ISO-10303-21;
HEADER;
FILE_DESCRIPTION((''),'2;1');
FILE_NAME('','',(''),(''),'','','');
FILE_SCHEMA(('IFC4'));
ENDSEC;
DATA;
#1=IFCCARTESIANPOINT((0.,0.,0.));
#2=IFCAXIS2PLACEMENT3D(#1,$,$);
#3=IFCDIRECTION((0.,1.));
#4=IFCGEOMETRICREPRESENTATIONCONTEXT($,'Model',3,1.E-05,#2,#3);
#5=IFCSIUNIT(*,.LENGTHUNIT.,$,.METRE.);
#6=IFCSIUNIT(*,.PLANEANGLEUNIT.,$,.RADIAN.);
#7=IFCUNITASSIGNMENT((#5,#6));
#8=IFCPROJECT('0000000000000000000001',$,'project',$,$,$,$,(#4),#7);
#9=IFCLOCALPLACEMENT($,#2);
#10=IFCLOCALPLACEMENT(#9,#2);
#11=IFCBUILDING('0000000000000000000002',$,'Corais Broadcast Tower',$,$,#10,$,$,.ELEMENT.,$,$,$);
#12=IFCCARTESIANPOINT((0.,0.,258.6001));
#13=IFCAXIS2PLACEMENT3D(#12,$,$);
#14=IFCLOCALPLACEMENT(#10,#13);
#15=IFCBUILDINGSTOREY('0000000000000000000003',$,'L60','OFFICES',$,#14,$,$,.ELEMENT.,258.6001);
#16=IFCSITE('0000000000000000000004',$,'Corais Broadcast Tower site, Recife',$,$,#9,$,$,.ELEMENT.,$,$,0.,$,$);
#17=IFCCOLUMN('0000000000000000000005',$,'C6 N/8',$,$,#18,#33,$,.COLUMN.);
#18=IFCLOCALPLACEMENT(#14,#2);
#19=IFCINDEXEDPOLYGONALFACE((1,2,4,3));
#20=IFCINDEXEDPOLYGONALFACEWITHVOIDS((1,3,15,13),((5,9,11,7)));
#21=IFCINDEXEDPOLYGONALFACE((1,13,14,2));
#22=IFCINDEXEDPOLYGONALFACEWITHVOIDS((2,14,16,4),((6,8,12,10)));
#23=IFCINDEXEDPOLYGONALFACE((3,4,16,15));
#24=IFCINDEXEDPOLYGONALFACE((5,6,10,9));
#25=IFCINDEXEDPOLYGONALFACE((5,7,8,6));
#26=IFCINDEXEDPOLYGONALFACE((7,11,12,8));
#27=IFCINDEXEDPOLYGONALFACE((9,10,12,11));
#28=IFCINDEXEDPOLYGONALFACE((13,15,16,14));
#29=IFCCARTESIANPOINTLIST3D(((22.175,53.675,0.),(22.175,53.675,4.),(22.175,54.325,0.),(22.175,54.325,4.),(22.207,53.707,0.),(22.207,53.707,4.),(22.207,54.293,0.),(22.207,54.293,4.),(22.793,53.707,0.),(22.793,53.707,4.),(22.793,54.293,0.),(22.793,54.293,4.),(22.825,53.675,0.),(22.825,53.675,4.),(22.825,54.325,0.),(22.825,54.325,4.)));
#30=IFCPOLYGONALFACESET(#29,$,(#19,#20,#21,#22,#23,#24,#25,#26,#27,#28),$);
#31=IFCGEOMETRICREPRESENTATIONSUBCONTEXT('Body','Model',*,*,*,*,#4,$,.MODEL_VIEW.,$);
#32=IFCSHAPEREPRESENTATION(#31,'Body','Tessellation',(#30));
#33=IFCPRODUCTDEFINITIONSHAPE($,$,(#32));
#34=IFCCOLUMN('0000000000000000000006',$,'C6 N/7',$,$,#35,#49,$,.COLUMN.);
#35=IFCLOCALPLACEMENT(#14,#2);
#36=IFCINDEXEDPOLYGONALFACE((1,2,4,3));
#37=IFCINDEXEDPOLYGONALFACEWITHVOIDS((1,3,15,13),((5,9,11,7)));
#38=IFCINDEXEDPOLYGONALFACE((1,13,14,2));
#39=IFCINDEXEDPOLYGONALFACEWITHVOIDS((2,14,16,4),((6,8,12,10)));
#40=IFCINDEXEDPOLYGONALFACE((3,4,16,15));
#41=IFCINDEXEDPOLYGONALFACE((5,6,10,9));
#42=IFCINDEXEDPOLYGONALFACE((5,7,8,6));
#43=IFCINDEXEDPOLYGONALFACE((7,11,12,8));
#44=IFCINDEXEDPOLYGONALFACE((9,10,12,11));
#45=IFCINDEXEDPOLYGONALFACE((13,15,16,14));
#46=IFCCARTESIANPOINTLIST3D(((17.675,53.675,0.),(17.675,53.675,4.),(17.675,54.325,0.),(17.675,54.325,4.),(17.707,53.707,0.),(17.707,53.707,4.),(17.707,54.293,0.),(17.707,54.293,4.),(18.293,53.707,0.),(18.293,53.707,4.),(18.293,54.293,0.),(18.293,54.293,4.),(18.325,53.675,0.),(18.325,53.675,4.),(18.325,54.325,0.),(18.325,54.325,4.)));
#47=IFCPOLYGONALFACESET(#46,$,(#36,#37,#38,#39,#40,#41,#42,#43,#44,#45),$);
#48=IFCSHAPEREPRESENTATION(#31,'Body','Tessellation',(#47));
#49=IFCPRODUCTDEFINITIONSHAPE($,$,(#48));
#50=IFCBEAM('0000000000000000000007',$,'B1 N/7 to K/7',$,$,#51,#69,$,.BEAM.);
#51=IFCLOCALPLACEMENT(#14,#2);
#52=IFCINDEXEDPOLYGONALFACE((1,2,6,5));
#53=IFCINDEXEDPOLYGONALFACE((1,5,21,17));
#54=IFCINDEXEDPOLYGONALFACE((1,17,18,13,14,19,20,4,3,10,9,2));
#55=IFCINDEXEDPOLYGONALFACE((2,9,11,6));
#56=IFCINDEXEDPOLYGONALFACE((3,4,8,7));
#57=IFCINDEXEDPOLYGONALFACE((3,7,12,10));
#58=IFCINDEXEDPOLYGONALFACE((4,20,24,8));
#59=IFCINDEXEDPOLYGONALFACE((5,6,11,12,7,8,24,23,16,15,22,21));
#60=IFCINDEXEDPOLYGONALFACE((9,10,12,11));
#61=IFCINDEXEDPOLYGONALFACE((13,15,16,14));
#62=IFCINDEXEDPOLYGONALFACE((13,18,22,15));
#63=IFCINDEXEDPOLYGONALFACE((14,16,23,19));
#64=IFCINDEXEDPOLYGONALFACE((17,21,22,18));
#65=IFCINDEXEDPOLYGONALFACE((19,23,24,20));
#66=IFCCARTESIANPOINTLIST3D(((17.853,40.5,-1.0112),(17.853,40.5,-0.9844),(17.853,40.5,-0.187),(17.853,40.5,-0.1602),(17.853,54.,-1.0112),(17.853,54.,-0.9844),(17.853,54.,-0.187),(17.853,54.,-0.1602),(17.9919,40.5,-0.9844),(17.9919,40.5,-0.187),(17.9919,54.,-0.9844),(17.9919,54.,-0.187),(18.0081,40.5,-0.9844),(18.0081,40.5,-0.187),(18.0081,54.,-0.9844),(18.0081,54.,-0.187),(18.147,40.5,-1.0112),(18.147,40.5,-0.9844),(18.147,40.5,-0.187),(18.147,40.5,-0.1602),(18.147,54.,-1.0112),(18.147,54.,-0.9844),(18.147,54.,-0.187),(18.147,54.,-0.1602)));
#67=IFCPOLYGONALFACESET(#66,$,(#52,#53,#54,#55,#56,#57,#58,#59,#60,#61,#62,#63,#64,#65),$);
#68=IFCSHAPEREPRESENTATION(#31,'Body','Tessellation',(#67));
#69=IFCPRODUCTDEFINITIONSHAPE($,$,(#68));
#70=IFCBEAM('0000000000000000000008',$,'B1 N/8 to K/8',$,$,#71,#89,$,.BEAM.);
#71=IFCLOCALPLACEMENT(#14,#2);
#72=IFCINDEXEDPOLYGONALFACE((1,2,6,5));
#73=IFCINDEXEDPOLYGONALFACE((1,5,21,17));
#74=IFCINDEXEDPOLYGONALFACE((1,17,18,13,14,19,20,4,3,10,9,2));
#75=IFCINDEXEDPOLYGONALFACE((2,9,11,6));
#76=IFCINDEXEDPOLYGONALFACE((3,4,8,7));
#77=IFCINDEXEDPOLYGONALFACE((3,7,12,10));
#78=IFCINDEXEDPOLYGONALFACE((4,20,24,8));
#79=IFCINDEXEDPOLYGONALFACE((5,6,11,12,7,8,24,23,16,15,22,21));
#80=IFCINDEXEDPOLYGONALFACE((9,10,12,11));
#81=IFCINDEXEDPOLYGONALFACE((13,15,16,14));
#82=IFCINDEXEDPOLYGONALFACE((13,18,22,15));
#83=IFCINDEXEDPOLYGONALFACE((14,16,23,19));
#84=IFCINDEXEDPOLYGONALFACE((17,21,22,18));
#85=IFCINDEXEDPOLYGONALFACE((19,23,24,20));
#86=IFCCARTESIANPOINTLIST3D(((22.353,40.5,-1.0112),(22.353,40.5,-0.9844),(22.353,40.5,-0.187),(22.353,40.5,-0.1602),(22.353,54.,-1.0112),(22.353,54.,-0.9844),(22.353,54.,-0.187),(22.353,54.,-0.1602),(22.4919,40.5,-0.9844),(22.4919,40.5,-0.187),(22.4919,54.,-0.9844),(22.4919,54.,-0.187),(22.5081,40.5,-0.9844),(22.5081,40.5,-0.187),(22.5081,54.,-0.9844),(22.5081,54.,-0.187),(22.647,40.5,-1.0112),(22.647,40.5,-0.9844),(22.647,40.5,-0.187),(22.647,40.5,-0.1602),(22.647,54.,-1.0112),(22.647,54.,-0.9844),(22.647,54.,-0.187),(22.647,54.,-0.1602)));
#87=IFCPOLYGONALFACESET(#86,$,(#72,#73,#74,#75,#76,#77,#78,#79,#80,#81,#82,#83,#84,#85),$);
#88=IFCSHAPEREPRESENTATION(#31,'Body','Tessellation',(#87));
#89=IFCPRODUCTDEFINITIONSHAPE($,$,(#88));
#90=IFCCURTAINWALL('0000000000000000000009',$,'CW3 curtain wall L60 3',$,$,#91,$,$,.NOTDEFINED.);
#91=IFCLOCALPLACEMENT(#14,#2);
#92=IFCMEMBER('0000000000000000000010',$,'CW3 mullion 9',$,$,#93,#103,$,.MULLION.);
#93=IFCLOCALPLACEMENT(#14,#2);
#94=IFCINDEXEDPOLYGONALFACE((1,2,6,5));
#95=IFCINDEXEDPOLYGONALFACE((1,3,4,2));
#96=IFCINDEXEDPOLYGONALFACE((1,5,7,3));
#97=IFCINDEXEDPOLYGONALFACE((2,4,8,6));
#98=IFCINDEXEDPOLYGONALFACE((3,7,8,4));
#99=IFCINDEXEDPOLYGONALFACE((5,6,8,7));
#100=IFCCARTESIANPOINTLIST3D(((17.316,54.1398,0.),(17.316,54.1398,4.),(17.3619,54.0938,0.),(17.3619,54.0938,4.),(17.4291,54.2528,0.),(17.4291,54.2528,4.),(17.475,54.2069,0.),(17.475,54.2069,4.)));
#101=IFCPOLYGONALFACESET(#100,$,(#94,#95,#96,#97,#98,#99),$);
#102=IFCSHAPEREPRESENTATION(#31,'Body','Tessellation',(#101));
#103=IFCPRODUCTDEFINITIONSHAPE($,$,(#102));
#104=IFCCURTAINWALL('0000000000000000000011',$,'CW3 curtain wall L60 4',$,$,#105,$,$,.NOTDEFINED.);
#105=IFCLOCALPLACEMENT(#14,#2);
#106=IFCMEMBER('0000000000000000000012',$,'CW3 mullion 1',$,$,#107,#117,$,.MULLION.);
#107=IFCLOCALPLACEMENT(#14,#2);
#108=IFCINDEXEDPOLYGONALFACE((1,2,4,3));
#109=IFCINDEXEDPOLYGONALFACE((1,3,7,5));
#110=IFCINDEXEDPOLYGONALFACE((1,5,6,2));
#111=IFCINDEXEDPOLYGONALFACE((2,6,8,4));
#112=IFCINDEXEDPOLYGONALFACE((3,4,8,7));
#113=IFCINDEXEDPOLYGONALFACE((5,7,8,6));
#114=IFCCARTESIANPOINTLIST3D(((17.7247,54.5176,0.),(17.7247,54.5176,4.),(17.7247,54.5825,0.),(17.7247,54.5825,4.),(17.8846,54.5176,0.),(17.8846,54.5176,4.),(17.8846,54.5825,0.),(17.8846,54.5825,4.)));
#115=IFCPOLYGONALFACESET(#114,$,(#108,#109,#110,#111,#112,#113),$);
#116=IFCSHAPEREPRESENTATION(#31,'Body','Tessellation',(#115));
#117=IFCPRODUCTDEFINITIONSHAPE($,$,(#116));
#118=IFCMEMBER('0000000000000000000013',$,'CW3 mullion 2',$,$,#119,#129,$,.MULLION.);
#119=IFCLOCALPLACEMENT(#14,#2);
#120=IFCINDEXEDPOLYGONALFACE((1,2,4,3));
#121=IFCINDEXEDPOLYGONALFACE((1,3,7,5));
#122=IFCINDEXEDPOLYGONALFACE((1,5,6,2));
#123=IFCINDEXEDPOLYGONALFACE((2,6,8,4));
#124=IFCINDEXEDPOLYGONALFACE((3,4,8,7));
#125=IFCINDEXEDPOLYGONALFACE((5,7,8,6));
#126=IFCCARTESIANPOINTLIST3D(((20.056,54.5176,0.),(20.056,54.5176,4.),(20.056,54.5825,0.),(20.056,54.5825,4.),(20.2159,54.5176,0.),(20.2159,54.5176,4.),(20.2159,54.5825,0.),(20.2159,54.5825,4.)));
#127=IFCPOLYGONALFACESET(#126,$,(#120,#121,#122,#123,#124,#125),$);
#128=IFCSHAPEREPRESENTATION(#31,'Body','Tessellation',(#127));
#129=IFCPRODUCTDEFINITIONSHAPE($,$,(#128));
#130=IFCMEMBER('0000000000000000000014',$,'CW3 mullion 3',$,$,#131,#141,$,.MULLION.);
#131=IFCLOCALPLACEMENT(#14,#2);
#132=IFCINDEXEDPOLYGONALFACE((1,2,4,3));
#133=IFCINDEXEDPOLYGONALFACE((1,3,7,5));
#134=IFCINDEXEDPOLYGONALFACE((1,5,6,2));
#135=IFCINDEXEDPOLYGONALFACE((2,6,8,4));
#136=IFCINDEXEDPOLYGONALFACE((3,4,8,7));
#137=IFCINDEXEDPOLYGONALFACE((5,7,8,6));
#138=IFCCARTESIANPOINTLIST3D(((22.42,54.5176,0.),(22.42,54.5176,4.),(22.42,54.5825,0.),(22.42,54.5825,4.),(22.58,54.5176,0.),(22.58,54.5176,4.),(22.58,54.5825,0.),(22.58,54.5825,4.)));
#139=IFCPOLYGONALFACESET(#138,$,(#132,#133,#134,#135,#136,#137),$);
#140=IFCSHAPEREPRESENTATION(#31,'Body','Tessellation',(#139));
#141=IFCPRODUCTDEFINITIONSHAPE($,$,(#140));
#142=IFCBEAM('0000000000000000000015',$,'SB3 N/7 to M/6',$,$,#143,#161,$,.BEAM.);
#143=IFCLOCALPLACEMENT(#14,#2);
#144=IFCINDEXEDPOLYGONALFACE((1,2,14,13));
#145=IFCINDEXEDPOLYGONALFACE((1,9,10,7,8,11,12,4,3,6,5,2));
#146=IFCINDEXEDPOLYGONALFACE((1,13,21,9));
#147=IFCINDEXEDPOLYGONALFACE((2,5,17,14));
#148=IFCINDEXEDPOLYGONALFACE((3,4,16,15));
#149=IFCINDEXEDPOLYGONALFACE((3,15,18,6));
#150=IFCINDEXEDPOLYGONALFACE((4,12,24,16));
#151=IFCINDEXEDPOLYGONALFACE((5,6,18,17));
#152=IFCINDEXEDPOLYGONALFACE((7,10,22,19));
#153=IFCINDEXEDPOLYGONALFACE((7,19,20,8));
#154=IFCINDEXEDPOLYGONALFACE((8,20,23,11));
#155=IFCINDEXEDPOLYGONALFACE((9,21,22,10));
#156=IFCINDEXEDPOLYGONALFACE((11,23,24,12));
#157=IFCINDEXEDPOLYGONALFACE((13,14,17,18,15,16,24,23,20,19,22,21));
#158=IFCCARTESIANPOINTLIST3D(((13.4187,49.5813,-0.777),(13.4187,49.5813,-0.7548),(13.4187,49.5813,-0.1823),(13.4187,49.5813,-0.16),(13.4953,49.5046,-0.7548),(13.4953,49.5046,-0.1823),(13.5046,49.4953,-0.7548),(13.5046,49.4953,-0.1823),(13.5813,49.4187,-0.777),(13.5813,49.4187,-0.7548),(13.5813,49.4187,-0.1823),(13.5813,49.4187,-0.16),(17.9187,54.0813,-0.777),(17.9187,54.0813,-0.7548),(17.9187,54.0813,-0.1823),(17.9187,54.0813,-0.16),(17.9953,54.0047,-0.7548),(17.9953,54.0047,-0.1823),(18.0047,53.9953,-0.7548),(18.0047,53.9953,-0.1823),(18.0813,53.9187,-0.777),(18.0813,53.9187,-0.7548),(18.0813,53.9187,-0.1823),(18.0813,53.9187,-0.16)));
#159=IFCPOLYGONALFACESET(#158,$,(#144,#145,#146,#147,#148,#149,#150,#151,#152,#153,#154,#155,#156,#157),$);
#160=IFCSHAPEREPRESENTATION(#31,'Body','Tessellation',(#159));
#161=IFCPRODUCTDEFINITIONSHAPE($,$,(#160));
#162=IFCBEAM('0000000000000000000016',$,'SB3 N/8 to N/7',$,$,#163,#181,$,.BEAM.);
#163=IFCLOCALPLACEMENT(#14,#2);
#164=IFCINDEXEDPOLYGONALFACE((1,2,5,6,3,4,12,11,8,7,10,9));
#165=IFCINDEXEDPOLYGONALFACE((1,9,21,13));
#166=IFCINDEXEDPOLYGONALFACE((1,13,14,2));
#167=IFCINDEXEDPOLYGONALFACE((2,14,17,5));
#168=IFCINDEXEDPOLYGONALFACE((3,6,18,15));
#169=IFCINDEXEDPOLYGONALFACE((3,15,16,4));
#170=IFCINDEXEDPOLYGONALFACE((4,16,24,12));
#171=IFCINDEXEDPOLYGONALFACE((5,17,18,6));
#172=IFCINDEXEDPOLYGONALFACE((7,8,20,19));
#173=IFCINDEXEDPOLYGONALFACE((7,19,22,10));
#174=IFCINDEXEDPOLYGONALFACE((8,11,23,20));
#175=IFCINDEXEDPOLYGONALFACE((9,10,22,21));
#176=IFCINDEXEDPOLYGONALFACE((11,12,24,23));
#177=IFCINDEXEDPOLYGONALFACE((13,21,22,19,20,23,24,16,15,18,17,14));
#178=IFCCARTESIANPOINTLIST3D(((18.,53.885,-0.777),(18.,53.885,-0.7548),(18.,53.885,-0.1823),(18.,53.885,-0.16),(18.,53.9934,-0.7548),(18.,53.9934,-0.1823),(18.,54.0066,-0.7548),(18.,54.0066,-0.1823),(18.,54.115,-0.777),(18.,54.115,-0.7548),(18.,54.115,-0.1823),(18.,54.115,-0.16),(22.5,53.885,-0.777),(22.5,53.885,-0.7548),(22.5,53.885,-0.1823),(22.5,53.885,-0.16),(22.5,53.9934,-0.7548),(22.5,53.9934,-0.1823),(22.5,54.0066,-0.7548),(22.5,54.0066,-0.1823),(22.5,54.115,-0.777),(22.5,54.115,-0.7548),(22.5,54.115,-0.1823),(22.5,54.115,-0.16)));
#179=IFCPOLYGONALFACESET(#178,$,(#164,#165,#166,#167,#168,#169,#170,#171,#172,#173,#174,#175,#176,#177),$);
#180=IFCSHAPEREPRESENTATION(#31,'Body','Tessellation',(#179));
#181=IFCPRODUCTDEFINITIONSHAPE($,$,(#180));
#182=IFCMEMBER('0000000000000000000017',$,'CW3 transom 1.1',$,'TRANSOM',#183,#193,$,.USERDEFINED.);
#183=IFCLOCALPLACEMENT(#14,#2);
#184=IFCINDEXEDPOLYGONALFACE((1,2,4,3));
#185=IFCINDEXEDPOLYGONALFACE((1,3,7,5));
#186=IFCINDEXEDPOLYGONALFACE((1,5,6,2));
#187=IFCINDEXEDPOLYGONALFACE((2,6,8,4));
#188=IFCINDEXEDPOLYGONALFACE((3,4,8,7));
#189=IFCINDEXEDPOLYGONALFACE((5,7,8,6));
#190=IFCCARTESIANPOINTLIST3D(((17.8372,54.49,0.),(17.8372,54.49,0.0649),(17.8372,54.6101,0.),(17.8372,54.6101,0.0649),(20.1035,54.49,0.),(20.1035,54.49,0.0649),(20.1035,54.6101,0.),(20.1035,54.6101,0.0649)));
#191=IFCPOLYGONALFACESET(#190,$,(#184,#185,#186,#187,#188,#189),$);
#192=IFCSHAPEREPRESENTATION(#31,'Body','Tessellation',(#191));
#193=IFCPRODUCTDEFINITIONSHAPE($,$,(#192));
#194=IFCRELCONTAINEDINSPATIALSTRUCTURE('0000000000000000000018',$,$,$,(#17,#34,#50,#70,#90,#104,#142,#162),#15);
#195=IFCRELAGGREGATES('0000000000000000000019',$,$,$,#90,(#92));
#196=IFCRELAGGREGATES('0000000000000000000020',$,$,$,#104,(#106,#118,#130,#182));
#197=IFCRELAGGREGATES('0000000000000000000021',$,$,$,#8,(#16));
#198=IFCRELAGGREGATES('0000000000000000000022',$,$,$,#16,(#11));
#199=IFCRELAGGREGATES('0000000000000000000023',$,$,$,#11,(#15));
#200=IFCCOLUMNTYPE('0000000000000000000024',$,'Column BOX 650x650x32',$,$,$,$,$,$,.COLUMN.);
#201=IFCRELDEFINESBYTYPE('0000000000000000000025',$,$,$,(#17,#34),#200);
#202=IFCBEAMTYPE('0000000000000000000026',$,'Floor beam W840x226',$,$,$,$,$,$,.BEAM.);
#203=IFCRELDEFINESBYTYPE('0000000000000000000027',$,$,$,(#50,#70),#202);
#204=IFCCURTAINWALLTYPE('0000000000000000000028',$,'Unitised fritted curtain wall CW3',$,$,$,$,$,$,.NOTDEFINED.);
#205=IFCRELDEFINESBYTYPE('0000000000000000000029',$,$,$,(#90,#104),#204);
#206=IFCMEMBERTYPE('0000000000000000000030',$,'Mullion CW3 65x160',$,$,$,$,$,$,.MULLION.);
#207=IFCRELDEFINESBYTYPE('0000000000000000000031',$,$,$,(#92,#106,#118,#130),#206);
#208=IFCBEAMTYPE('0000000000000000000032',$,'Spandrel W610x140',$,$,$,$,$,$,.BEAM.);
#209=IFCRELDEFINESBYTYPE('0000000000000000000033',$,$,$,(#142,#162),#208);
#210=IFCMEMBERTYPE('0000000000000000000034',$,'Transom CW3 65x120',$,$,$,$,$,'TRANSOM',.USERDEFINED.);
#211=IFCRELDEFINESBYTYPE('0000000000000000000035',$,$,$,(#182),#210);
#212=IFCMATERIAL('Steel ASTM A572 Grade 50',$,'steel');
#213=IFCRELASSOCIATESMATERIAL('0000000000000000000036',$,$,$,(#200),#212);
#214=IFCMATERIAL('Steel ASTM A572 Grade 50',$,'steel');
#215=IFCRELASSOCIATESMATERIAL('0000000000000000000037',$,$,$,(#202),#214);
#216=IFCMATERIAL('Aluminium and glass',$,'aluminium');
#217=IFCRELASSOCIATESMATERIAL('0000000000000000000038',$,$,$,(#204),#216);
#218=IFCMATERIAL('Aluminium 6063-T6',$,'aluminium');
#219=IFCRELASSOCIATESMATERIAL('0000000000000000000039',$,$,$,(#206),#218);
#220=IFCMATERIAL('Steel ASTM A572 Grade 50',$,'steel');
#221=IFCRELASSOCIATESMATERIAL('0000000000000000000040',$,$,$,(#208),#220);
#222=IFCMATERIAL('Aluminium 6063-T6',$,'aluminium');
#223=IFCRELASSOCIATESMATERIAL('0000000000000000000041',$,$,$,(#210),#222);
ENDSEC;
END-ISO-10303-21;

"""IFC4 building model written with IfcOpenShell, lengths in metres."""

from ifc_helpers import new_model, si_unit, direction, frame, origin, origin_2d, place, context, subcontext, project, spatial, rectangle, hollow_rectangle, i_section, extrude, material, material_profile, profile_set, type_object, element, aggregate, save


model = new_model("IFC4")

# Units and contexts
model_context = context("Model", 3, precision=1e-05, world=origin(), true_north=direction((0.0, 1.0)))
body_context = subcontext(model_context, "Body", "Model", "MODEL_VIEW")
ifc_project = project(units=[si_unit("LENGTHUNIT", "METRE"), si_unit("PLANEANGLEUNIT", "RADIAN")], contexts=[model_context])

# Site, building, storey
site_placement = place(None, origin())
site = spatial("IfcSite", under=ifc_project, at=site_placement, Name="Corais Broadcast Tower site, Recife", CompositionType="ELEMENT", RefElevation=0.0)
building_placement = place(site_placement, origin())
building = spatial("IfcBuilding", under=site, at=building_placement, Name="Corais Broadcast Tower", CompositionType="ELEMENT")
storey_placement = place(building_placement, frame((0.0, 0.0, 258.6001)))
storey = spatial("IfcBuildingStorey", under=building, at=storey_placement, Name="L60", Description="OFFICES", CompositionType="ELEMENT", Elevation=258.6001)

# Columns
ifc_material_1 = material(Name="Steel ASTM A572 Grade 50", Category="steel")
ifc_material_profile_1 = material_profile(ifc_material_1, hollow_rectangle(XDim=0.6499, YDim=0.6499, WallThickness=0.032, at=origin_2d()), Name="BOX 650x650x32")
ifc_profile_set_1 = profile_set([ifc_material_profile_1], Name="Steel ASTM A572 Grade 50")
column_type = type_object("IfcColumnType", Name="Column BOX 650x650x32", PredefinedType="COLUMN", material=ifc_profile_set_1)
for number, where, z_axis, x_axis, name in (
    (1, (22.5, 54.0, 0.0), (0.0, 0.0, 1.0), (1.0, 0.0, 0.0), "C6 N/8"),
    (2, (18.0, 54.0, 0.0), (0.0, 0.0, 1.0), (1.0, 0.0, 0.0), "C6 N/7"),
):
    element("IfcColumn", number, at=place(storey_placement, frame(where, z_axis=z_axis, x_axis=x_axis)), inside=storey, type_object=column_type, Name=name, PredefinedType="COLUMN", context=body_context, shape_type="SweptSolid", body=[
        extrude(hollow_rectangle(XDim=0.6499, YDim=0.6499, WallThickness=0.032, at=origin_2d()), origin(), (0.0, 0.0, 1.0), 4.0),
    ])

# Beams
ifc_material_2 = material(Name="Steel ASTM A572 Grade 50", Category="steel")
ifc_material_profile_2 = material_profile(ifc_material_2, i_section(OverallWidth=0.2939, OverallDepth=0.8511, WebThickness=0.0161, FlangeThickness=0.0269, at=origin_2d()), Name="W840x226")
ifc_profile_set_2 = profile_set([ifc_material_profile_2], Name="Steel ASTM A572 Grade 50")
beam_type_1 = type_object("IfcBeamType", Name="Floor beam W840x226", PredefinedType="BEAM", material=ifc_profile_set_2)
for number, where, z_axis, x_axis, name in (
    (3, (18.0, 54.0, -0.5857), (0.0, -1.0, 0.0), (1.0, 0.0, 0.0), "B1 N/7 to K/7"),
    (4, (22.5, 54.0, -0.5857), (0.0, -1.0, 0.0), (1.0, 0.0, 0.0), "B1 N/8 to K/8"),
):
    element("IfcBeam", number, at=place(storey_placement, frame(where, z_axis=z_axis, x_axis=x_axis)), inside=storey, type_object=beam_type_1, Name=name, PredefinedType="BEAM", context=body_context, shape_type="SweptSolid", body=[
        extrude(i_section(OverallWidth=0.2939, OverallDepth=0.8511, WebThickness=0.0161, FlangeThickness=0.0269, at=origin_2d()), origin(), (0.0, 0.0, 1.0), 13.5),
    ])

# Curtain wall, member
ifc_material_3 = material(Name="Aluminium and glass", Category="aluminium")
curtain_wall_type = type_object("IfcCurtainWallType", Name="Unitised fritted curtain wall CW3", PredefinedType="NOTDEFINED", material=ifc_material_3)
curtain_wall_1_placement = place(storey_placement, origin())
curtain_wall_1 = element("IfcCurtainWall", 5, at=curtain_wall_1_placement, inside=storey, type_object=curtain_wall_type, Name="CW3 curtain wall L60 3", PredefinedType="NOTDEFINED")
ifc_material_4 = material(Name="Aluminium 6063-T6", Category="aluminium")
ifc_material_profile_3 = material_profile(ifc_material_4, rectangle(XDim=0.0649, YDim=0.1599, at=origin_2d()), Name="Mullion CW3 65x160")
ifc_profile_set_3 = profile_set([ifc_material_profile_3], Name="Aluminium 6063-T6")
member_type_1 = type_object("IfcMemberType", Name="Mullion CW3 65x160", PredefinedType="MULLION", material=ifc_profile_set_3)
member_1_placement = place(storey_placement, frame((17.3955, 54.1733, 0.0), z_axis=(0.0, 0.0, 1.0), x_axis=(-0.707107, 0.707107, 0.0)))
member_1 = element("IfcMember", 6, at=member_1_placement, type_object=member_type_1, Name="CW3 mullion 9", PredefinedType="MULLION", context=body_context, shape_type="SweptSolid", body=[
    extrude(rectangle(XDim=0.0649, YDim=0.1599, at=origin_2d()), origin(), (0.0, 0.0, 1.0), 4.0),
])

# Curtain wall, members
curtain_wall_2_placement = place(storey_placement, origin())
curtain_wall_2 = element("IfcCurtainWall", 7, at=curtain_wall_2_placement, inside=storey, type_object=curtain_wall_type, Name="CW3 curtain wall L60 4", PredefinedType="NOTDEFINED")
member_2_placement = place(storey_placement, frame((17.8047, 54.55, 0.0), z_axis=(0.0, 0.0, 1.0), x_axis=(0.0, 1.0, 0.0)))
member_2 = element("IfcMember", 8, at=member_2_placement, type_object=member_type_1, Name="CW3 mullion 1", PredefinedType="MULLION", context=body_context, shape_type="SweptSolid", body=[
    extrude(rectangle(XDim=0.0649, YDim=0.1599, at=origin_2d()), origin(), (0.0, 0.0, 1.0), 4.0),
])
member_3_placement = place(storey_placement, frame((20.136, 54.55, 0.0), z_axis=(0.0, 0.0, 1.0), x_axis=(0.0, 1.0, 0.0)))
member_3 = element("IfcMember", 9, at=member_3_placement, type_object=member_type_1, Name="CW3 mullion 2", PredefinedType="MULLION", context=body_context, shape_type="SweptSolid", body=[
    extrude(rectangle(XDim=0.0649, YDim=0.1599, at=origin_2d()), origin(), (0.0, 0.0, 1.0), 4.0),
])
member_4_placement = place(storey_placement, frame((22.5, 54.55, 0.0), z_axis=(0.0, 0.0, 1.0), x_axis=(0.0, 1.0, 0.0)))
member_4 = element("IfcMember", 10, at=member_4_placement, type_object=member_type_1, Name="CW3 mullion 3", PredefinedType="MULLION", context=body_context, shape_type="SweptSolid", body=[
    extrude(rectangle(XDim=0.0649, YDim=0.1599, at=origin_2d()), origin(), (0.0, 0.0, 1.0), 4.0),
])

# Beams
ifc_material_5 = material(Name="Steel ASTM A572 Grade 50", Category="steel")
ifc_material_profile_4 = material_profile(ifc_material_5, i_section(OverallWidth=0.23, OverallDepth=0.6169, WebThickness=0.0132, FlangeThickness=0.0222, at=origin_2d()), Name="W610x140")
ifc_profile_set_4 = profile_set([ifc_material_profile_4], Name="Steel ASTM A572 Grade 50")
beam_type_2 = type_object("IfcBeamType", Name="Spandrel W610x140", PredefinedType="BEAM", material=ifc_profile_set_4)
beam_1_placement = place(storey_placement, frame((18.0, 54.0, -0.4685), z_axis=(-0.707107, -0.707107, 0.0), x_axis=(0.707107, -0.707107, 0.0)))
element("IfcBeam", 11, at=beam_1_placement, inside=storey, type_object=beam_type_2, Name="SB3 N/7 to M/6", PredefinedType="BEAM", context=body_context, shape_type="SweptSolid", body=[
    extrude(i_section(OverallWidth=0.23, OverallDepth=0.6169, WebThickness=0.0132, FlangeThickness=0.0222, at=origin_2d()), origin(), (0.0, 0.0, 1.0), 6.364),
])
beam_2_placement = place(storey_placement, frame((22.5, 54.0, -0.4685), z_axis=(-1.0, 0.0, 0.0), x_axis=(0.0, -1.0, 0.0)))
element("IfcBeam", 12, at=beam_2_placement, inside=storey, type_object=beam_type_2, Name="SB3 N/8 to N/7", PredefinedType="BEAM", context=body_context, shape_type="SweptSolid", body=[
    extrude(i_section(OverallWidth=0.23, OverallDepth=0.6169, WebThickness=0.0132, FlangeThickness=0.0222, at=origin_2d()), origin(), (0.0, 0.0, 1.0), 4.5),
])

# Member
ifc_material_6 = material(Name="Aluminium 6063-T6", Category="aluminium")
ifc_material_profile_5 = material_profile(ifc_material_6, rectangle(XDim=0.1201, YDim=0.0649, at=origin_2d()), Name="Transom CW3 65x120")
ifc_profile_set_5 = profile_set([ifc_material_profile_5], Name="Aluminium 6063-T6")
member_type_2 = type_object("IfcMemberType", Name="Transom CW3 65x120", ElementType="TRANSOM", PredefinedType="USERDEFINED", material=ifc_profile_set_5)
member_5_placement = place(storey_placement, frame((17.8372, 54.55, 0.0325), z_axis=(1.0, 0.0, 0.0), x_axis=(0.0, 1.0, 0.0)))
member_5 = element("IfcMember", 13, at=member_5_placement, type_object=member_type_2, Name="CW3 transom 1.1", ObjectType="TRANSOM", PredefinedType="USERDEFINED", context=body_context, shape_type="SweptSolid", body=[
    extrude(rectangle(XDim=0.1201, YDim=0.0649, at=origin_2d()), origin(), (0.0, 0.0, 1.0), 2.2664),
])

aggregate(curtain_wall_1, [member_1])
aggregate(curtain_wall_2, [member_2, member_3, member_4, member_5])

save(model, "model.ifc")
